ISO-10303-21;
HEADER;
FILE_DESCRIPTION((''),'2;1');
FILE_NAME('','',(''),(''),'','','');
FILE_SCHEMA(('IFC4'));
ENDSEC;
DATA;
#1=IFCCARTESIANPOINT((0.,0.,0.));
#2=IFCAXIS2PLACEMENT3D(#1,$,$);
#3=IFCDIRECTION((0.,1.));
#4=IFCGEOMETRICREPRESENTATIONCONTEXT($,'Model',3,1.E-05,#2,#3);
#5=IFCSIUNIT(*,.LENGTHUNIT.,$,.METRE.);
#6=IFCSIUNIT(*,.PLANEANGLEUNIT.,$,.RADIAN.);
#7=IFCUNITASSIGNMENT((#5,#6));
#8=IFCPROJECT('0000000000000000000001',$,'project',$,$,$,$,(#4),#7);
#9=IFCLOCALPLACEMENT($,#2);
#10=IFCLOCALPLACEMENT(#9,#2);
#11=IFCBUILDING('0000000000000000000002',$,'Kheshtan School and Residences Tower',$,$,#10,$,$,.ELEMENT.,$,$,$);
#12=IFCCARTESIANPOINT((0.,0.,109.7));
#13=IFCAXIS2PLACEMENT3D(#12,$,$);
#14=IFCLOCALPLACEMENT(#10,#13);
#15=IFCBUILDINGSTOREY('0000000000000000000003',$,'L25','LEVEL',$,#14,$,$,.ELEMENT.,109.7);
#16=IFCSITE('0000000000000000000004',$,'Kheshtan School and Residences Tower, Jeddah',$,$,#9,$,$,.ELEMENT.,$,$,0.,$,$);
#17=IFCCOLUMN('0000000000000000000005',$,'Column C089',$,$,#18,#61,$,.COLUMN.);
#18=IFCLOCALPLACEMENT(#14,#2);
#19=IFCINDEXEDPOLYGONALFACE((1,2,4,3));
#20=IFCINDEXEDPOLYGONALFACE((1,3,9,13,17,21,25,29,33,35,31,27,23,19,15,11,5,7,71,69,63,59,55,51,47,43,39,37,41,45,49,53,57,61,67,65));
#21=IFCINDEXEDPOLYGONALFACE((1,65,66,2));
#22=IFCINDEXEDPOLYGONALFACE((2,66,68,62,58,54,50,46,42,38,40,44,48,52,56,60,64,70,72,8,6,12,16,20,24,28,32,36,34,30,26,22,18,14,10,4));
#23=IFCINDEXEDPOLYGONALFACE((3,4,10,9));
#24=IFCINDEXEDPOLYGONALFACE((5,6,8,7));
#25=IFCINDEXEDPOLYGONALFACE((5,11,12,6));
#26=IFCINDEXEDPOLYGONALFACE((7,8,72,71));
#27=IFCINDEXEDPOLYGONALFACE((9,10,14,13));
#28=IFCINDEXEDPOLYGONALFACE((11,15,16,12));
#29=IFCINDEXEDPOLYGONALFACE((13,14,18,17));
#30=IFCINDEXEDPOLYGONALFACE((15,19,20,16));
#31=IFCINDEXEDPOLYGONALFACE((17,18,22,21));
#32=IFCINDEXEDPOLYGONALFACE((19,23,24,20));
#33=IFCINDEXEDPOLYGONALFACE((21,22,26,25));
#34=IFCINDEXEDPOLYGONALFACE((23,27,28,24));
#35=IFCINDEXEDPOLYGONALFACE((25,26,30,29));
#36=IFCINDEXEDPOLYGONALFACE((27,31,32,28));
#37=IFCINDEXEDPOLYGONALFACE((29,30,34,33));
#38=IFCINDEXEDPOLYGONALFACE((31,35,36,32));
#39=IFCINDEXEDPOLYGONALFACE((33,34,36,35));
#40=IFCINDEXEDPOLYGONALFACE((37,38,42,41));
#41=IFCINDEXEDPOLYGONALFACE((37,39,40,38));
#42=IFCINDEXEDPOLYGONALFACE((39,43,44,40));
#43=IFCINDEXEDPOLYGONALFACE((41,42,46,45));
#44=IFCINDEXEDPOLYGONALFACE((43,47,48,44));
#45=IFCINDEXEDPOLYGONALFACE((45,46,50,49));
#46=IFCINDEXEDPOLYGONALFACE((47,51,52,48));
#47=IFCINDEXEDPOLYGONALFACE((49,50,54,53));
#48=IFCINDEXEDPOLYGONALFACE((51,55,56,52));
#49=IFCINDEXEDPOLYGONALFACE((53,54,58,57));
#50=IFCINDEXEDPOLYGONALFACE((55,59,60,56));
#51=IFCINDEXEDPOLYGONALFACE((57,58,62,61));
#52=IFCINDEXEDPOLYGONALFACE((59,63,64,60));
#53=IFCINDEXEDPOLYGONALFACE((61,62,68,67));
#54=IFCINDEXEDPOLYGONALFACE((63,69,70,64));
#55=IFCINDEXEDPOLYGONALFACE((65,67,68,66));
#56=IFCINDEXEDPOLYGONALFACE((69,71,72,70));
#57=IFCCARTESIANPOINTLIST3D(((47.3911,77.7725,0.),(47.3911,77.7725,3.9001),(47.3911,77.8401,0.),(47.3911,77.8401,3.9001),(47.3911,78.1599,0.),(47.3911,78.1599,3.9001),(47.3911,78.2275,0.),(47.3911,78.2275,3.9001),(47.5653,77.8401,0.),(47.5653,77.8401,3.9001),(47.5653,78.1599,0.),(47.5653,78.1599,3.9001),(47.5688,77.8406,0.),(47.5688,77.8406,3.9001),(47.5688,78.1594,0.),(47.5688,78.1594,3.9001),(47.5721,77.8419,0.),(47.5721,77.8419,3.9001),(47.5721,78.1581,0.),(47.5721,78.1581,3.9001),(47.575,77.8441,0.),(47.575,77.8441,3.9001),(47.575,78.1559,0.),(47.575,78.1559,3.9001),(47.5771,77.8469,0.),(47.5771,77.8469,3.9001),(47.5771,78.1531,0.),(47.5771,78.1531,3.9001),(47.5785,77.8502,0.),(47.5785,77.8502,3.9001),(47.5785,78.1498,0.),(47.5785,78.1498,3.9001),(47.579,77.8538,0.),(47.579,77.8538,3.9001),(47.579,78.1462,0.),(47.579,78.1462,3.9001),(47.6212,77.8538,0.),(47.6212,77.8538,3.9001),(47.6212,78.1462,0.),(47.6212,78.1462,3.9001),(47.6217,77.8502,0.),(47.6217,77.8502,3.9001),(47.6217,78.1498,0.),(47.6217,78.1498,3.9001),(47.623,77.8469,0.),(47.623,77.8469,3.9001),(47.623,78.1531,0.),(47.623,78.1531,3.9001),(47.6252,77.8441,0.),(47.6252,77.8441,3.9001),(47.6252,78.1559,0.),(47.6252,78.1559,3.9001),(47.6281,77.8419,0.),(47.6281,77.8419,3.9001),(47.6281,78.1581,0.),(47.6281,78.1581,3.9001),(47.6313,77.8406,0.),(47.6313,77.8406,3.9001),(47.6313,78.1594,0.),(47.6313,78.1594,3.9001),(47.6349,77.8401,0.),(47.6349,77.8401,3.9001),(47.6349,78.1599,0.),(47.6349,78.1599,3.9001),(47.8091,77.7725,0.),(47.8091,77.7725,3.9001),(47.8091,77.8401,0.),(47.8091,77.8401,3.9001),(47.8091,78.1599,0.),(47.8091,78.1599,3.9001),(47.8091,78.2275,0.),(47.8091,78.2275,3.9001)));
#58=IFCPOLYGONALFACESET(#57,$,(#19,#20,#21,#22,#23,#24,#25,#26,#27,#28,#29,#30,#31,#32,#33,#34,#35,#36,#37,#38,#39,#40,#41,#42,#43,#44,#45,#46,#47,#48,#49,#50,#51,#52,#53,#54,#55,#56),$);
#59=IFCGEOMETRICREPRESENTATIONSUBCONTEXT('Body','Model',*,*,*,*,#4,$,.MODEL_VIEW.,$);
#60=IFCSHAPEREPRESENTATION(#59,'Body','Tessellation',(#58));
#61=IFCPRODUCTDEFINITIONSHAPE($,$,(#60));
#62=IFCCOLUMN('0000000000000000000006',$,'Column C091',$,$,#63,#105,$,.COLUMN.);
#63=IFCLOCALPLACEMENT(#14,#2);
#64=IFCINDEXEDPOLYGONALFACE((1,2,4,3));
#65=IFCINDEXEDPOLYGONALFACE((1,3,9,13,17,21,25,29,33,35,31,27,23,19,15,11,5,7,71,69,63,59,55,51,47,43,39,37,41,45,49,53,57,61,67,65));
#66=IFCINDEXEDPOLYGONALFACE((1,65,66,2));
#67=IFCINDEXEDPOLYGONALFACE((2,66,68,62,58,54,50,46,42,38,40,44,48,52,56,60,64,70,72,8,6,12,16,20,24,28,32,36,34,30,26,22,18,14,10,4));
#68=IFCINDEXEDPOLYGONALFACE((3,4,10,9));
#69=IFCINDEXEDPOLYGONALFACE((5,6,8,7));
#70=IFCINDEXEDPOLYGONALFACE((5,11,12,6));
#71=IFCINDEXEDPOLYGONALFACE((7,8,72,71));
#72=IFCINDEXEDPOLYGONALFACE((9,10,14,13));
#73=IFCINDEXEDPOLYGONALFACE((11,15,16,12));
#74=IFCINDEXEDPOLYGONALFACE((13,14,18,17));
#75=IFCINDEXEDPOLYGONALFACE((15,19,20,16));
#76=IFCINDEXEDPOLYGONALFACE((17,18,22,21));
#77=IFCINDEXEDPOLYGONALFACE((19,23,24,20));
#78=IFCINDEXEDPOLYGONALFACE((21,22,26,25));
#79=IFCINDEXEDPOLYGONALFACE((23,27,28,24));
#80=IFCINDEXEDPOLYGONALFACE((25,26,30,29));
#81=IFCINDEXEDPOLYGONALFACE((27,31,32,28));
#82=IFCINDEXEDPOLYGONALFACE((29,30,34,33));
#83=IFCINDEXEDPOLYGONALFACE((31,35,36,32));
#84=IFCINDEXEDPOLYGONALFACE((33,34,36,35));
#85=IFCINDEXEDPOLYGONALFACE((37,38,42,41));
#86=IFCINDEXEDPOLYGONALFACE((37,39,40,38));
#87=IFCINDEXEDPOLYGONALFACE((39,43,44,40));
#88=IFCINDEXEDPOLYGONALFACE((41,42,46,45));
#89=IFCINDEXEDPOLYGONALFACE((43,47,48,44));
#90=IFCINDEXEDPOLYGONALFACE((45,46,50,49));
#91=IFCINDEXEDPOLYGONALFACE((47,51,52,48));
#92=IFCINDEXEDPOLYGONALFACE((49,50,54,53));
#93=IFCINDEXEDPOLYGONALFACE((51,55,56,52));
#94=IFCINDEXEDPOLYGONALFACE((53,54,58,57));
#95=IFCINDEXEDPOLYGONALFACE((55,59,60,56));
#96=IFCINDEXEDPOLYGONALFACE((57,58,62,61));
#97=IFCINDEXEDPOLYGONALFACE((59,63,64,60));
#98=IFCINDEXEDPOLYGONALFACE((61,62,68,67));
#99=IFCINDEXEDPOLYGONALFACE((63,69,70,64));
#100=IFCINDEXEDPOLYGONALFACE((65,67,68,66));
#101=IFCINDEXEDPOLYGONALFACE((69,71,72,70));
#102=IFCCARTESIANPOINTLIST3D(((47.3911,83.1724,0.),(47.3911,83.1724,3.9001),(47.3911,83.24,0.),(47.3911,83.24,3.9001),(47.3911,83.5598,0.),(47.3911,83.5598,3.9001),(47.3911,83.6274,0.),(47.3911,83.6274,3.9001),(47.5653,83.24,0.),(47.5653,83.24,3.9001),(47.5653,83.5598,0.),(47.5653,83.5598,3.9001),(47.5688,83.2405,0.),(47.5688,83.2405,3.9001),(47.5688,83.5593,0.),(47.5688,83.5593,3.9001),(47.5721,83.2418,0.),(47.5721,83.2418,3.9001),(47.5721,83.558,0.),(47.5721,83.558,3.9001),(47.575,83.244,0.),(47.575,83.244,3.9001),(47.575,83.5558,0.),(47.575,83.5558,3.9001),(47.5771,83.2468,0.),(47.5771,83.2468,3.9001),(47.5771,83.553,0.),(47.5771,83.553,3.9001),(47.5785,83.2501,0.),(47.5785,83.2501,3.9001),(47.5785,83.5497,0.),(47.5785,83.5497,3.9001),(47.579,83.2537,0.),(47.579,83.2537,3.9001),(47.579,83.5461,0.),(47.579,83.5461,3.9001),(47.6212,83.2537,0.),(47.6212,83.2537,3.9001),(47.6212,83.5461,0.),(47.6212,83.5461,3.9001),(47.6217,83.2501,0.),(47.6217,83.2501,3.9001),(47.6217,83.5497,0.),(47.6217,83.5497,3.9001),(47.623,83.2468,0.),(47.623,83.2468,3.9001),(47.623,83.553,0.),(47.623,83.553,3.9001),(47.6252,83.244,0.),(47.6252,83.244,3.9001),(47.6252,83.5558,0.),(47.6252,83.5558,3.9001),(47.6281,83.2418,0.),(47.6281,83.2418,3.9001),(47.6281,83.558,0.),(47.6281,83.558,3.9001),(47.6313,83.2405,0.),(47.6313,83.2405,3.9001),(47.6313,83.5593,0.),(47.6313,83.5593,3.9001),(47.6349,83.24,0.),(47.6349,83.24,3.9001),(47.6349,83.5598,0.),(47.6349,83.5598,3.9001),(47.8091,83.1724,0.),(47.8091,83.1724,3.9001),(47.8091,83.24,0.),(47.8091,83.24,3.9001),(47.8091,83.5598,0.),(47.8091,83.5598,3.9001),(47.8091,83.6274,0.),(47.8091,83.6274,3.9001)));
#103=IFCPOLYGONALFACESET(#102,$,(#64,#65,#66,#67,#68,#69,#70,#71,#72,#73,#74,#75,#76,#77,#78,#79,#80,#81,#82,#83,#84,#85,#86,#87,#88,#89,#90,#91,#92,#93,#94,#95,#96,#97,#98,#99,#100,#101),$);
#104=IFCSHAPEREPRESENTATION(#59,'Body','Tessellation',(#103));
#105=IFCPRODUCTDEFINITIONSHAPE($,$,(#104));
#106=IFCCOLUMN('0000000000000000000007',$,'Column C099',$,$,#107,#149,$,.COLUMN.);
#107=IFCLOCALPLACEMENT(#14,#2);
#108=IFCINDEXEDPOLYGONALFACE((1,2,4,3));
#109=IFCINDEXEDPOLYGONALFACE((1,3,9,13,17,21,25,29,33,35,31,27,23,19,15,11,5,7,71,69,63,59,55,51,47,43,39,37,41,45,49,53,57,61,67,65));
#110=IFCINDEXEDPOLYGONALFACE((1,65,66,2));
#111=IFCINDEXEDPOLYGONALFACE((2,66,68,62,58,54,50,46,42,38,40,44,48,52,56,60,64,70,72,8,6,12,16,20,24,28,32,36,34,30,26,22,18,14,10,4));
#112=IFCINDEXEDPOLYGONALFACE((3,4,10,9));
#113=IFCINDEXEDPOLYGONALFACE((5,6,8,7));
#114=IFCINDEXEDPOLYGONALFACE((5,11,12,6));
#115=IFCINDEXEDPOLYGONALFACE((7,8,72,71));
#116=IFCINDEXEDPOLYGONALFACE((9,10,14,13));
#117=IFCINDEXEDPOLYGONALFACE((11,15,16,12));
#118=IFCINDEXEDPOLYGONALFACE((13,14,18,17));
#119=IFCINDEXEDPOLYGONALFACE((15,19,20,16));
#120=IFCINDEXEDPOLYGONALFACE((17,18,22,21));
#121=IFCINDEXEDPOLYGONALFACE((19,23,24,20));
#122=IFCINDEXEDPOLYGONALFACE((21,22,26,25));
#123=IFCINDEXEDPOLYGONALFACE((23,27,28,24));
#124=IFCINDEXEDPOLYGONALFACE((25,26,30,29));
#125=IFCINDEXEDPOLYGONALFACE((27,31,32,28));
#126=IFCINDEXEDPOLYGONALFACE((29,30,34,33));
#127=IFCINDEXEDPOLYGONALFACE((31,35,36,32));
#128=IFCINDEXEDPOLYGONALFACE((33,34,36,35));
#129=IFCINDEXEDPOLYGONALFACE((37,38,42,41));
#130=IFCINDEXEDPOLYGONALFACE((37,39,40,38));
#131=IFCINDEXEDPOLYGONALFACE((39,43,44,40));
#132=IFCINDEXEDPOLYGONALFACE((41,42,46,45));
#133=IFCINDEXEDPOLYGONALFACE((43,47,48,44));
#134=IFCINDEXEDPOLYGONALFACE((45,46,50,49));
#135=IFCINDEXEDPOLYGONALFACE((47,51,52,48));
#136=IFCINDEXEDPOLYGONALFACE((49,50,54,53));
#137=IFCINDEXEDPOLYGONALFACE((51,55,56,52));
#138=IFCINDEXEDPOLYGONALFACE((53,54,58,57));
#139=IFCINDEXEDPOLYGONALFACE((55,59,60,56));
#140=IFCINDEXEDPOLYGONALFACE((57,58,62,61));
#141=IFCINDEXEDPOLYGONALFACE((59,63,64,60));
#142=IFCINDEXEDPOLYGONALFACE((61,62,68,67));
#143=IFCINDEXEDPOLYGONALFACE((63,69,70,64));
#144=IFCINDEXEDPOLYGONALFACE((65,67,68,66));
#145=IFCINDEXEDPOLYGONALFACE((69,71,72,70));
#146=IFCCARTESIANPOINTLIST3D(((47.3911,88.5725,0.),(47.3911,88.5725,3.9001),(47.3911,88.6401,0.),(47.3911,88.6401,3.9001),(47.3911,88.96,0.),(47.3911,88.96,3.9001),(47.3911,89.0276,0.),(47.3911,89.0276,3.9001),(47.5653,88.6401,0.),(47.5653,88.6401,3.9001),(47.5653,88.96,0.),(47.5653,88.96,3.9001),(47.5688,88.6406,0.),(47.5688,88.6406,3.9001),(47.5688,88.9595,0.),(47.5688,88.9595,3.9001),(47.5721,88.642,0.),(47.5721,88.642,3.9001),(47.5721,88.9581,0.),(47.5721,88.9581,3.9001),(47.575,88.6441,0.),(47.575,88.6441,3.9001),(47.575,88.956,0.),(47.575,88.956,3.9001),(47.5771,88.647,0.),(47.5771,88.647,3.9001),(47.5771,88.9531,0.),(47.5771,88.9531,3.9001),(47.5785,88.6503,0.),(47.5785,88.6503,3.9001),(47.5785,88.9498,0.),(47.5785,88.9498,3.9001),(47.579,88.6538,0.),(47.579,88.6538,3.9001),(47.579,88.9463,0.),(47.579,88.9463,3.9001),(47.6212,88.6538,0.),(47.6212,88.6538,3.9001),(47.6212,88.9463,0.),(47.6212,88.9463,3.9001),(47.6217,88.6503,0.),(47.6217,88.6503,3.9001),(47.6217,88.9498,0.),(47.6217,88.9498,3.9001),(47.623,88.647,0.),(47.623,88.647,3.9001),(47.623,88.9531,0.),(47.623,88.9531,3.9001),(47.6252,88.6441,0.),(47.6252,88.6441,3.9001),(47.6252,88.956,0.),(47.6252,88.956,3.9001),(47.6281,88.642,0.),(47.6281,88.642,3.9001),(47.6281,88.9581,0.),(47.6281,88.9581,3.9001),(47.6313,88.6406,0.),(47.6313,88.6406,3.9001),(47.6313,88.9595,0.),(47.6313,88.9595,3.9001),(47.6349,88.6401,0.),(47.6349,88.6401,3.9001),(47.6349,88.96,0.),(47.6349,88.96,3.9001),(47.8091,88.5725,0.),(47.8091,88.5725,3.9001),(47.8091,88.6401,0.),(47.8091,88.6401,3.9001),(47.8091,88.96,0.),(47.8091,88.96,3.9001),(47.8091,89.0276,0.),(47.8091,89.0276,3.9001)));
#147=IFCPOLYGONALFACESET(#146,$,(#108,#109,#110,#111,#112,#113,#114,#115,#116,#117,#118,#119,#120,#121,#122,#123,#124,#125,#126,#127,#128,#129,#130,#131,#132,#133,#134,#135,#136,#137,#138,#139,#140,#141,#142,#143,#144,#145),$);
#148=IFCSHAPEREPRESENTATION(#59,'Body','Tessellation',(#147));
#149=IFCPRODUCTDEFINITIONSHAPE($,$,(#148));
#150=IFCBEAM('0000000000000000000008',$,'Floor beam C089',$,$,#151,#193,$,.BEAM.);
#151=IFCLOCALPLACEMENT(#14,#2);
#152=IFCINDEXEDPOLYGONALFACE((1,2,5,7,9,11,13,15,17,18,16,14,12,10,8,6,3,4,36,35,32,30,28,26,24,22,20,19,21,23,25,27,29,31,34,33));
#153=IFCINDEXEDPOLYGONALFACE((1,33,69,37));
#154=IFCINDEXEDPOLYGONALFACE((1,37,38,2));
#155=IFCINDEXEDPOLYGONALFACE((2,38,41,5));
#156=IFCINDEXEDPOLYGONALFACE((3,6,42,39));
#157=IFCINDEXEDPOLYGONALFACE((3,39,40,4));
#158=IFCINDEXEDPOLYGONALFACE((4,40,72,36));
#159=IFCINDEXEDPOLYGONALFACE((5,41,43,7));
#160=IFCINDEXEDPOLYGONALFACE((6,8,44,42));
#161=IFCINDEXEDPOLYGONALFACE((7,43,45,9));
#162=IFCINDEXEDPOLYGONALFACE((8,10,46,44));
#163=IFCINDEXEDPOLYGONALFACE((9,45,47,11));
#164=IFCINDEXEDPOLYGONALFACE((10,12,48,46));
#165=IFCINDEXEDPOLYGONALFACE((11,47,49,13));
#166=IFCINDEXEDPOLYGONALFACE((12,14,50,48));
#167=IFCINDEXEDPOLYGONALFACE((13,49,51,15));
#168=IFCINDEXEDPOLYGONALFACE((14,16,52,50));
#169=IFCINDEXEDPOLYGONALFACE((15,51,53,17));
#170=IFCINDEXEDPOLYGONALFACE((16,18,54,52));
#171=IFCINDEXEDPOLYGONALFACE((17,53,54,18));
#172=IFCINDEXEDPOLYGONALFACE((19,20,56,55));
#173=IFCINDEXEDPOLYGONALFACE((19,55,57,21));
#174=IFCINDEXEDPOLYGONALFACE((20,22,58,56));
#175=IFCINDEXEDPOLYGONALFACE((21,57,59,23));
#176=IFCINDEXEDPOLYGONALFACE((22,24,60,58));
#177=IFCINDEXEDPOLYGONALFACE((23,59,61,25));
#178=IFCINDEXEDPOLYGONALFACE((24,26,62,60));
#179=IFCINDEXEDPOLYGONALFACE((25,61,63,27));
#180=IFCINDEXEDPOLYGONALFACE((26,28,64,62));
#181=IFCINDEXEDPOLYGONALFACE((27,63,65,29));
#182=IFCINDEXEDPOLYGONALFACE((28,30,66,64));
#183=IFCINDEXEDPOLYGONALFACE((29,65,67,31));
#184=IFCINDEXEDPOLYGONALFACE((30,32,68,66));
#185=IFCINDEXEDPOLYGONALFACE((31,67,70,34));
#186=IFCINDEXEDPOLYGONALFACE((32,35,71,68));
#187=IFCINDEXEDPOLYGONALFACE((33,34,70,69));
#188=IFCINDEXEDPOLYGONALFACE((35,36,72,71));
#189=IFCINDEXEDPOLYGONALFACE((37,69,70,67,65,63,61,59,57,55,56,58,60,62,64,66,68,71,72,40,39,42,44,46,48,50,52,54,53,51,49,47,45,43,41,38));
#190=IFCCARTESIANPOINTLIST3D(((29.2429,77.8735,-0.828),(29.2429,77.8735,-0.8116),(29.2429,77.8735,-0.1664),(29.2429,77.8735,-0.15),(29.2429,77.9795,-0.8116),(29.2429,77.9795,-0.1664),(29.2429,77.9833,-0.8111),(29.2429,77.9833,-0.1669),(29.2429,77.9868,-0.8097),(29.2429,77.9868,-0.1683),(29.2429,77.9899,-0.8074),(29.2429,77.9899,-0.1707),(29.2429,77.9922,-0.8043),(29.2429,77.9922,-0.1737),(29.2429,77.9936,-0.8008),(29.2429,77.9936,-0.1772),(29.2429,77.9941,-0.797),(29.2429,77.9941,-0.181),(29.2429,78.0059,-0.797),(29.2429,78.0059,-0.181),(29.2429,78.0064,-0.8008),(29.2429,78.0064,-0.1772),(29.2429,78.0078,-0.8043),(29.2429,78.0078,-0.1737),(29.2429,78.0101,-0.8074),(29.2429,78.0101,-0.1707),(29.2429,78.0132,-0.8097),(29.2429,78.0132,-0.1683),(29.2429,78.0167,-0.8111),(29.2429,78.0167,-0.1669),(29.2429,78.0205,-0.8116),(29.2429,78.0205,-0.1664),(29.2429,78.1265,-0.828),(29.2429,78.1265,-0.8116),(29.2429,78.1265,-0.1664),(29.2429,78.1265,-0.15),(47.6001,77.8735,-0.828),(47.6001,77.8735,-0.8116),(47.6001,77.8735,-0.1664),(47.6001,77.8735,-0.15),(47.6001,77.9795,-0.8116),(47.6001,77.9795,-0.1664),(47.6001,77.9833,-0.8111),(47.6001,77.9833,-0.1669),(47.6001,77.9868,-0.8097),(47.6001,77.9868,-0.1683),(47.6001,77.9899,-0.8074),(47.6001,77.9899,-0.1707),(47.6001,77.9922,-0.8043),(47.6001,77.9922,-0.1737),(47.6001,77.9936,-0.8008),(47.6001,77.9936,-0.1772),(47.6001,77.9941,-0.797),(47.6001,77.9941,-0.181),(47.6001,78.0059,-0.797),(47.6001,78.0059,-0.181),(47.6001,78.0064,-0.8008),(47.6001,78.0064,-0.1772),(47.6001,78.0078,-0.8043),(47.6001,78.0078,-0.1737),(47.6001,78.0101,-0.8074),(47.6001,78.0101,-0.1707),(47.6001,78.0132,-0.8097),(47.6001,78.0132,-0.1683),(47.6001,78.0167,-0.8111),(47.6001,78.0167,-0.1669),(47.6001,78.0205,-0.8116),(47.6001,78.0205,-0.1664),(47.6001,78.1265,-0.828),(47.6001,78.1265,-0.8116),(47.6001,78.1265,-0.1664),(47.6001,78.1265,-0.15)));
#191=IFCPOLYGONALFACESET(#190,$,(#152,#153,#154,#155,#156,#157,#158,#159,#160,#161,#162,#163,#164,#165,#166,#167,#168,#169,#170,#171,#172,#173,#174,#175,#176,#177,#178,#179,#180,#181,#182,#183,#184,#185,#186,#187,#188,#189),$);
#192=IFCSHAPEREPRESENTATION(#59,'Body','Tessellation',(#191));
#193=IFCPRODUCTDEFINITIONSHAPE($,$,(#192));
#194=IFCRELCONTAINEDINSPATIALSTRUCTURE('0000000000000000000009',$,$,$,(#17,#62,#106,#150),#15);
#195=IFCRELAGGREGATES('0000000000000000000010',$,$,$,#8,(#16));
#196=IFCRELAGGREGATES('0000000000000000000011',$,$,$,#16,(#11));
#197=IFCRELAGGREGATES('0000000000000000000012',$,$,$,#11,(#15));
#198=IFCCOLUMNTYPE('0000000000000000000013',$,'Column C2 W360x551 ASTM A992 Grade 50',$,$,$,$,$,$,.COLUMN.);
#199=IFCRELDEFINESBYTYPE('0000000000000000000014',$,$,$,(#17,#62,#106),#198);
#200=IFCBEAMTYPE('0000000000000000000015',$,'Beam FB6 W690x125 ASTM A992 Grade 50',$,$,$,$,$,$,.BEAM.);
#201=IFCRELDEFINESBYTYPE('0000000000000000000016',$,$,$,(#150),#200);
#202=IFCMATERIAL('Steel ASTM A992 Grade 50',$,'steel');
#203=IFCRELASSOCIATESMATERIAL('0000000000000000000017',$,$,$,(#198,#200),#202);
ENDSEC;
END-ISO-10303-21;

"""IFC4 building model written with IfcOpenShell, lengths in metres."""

from ifc_helpers import new_model, si_unit, direction, frame, origin, origin_2d, place, context, subcontext, project, spatial, i_section, extrude, material, material_profile, profile_set, type_object, element, save


model = new_model("IFC4")

# Units and contexts
model_context = context("Model", 3, precision=1e-05, world=origin(), true_north=direction((0.0, 1.0)))
body_context = subcontext(model_context, "Body", "Model", "MODEL_VIEW")
ifc_project = project(units=[si_unit("LENGTHUNIT", "METRE"), si_unit("PLANEANGLEUNIT", "RADIAN")], contexts=[model_context])

# Site, building, storey
site_placement = place(None, origin())
site = spatial("IfcSite", under=ifc_project, at=site_placement, Name="Kheshtan School and Residences Tower, Jeddah", CompositionType="ELEMENT", RefElevation=0.0)
building_placement = place(site_placement, origin())
building = spatial("IfcBuilding", under=site, at=building_placement, Name="Kheshtan School and Residences Tower", CompositionType="ELEMENT")
storey_placement = place(building_placement, frame((0.0, 0.0, 109.7)))
storey = spatial("IfcBuildingStorey", under=building, at=storey_placement, Name="L25", Description="LEVEL", CompositionType="ELEMENT", Elevation=109.7)

# Columns
ifc_material_1 = material(Name="Steel ASTM A992 Grade 50", Category="steel")
ifc_material_profile_1 = material_profile(ifc_material_1, i_section(OverallWidth=0.418, OverallDepth=0.4551, WebThickness=0.0422, FlangeThickness=0.0676, FilletRadius=0.0137, at=origin_2d()), Name="W360x551")
ifc_profile_set_1 = profile_set([ifc_material_profile_1], Name="Steel ASTM A992 Grade 50")
column_type = type_object("IfcColumnType", Name="Column C2 W360x551 ASTM A992 Grade 50", PredefinedType="COLUMN", material=ifc_profile_set_1)
for number, where, z_axis, x_axis, name in (
    (1, (47.6001, 78.0, 0.0), (0.0, 0.0, 1.0), (1.0, 0.0, 0.0), "Column C089"),
    (2, (47.6001, 83.3999, 0.0), (0.0, 0.0, 1.0), (1.0, 0.0, 0.0), "Column C091"),
    (3, (47.6001, 88.8, 0.0), (0.0, 0.0, 1.0), (1.0, 0.0, 0.0), "Column C099"),
):
    element("IfcColumn", number, at=place(storey_placement, frame(where, z_axis=z_axis, x_axis=x_axis)), inside=storey, type_object=column_type, Name=name, PredefinedType="COLUMN", context=body_context, shape_type="SweptSolid", body=[
        extrude(i_section(OverallWidth=0.418, OverallDepth=0.4551, WebThickness=0.0422, FlangeThickness=0.0676, FilletRadius=0.0137, at=origin_2d()), origin(), (0.0, 0.0, 1.0), 3.9001),
    ])

# Beam
ifc_material_profile_2 = material_profile(ifc_material_1, i_section(OverallWidth=0.2529, OverallDepth=0.678, WebThickness=0.0117, FlangeThickness=0.0164, FilletRadius=0.0146, at=origin_2d()), Name="W690x125")
ifc_profile_set_2 = profile_set([ifc_material_profile_2], Name="Steel ASTM A992 Grade 50")
beam_type_1 = type_object("IfcBeamType", Name="Beam FB6 W690x125 ASTM A992 Grade 50", PredefinedType="BEAM", material=ifc_profile_set_2)
beam_1_placement = place(storey_placement, frame((47.6001, 78.0, -0.489), z_axis=(-1.0, 0.0, 0.0), x_axis=(0.0, -1.0, 0.0)))
element("IfcBeam", 4, at=beam_1_placement, inside=storey, type_object=beam_type_1, Name="Floor beam C089", PredefinedType="BEAM", context=body_context, shape_type="SweptSolid", body=[
    extrude(i_section(OverallWidth=0.2529, OverallDepth=0.678, WebThickness=0.0117, FlangeThickness=0.0164, FilletRadius=0.0146, at=origin_2d()), origin(), (0.0, 0.0, 1.0), 18.3572),
])

save(model, "model.ifc")
